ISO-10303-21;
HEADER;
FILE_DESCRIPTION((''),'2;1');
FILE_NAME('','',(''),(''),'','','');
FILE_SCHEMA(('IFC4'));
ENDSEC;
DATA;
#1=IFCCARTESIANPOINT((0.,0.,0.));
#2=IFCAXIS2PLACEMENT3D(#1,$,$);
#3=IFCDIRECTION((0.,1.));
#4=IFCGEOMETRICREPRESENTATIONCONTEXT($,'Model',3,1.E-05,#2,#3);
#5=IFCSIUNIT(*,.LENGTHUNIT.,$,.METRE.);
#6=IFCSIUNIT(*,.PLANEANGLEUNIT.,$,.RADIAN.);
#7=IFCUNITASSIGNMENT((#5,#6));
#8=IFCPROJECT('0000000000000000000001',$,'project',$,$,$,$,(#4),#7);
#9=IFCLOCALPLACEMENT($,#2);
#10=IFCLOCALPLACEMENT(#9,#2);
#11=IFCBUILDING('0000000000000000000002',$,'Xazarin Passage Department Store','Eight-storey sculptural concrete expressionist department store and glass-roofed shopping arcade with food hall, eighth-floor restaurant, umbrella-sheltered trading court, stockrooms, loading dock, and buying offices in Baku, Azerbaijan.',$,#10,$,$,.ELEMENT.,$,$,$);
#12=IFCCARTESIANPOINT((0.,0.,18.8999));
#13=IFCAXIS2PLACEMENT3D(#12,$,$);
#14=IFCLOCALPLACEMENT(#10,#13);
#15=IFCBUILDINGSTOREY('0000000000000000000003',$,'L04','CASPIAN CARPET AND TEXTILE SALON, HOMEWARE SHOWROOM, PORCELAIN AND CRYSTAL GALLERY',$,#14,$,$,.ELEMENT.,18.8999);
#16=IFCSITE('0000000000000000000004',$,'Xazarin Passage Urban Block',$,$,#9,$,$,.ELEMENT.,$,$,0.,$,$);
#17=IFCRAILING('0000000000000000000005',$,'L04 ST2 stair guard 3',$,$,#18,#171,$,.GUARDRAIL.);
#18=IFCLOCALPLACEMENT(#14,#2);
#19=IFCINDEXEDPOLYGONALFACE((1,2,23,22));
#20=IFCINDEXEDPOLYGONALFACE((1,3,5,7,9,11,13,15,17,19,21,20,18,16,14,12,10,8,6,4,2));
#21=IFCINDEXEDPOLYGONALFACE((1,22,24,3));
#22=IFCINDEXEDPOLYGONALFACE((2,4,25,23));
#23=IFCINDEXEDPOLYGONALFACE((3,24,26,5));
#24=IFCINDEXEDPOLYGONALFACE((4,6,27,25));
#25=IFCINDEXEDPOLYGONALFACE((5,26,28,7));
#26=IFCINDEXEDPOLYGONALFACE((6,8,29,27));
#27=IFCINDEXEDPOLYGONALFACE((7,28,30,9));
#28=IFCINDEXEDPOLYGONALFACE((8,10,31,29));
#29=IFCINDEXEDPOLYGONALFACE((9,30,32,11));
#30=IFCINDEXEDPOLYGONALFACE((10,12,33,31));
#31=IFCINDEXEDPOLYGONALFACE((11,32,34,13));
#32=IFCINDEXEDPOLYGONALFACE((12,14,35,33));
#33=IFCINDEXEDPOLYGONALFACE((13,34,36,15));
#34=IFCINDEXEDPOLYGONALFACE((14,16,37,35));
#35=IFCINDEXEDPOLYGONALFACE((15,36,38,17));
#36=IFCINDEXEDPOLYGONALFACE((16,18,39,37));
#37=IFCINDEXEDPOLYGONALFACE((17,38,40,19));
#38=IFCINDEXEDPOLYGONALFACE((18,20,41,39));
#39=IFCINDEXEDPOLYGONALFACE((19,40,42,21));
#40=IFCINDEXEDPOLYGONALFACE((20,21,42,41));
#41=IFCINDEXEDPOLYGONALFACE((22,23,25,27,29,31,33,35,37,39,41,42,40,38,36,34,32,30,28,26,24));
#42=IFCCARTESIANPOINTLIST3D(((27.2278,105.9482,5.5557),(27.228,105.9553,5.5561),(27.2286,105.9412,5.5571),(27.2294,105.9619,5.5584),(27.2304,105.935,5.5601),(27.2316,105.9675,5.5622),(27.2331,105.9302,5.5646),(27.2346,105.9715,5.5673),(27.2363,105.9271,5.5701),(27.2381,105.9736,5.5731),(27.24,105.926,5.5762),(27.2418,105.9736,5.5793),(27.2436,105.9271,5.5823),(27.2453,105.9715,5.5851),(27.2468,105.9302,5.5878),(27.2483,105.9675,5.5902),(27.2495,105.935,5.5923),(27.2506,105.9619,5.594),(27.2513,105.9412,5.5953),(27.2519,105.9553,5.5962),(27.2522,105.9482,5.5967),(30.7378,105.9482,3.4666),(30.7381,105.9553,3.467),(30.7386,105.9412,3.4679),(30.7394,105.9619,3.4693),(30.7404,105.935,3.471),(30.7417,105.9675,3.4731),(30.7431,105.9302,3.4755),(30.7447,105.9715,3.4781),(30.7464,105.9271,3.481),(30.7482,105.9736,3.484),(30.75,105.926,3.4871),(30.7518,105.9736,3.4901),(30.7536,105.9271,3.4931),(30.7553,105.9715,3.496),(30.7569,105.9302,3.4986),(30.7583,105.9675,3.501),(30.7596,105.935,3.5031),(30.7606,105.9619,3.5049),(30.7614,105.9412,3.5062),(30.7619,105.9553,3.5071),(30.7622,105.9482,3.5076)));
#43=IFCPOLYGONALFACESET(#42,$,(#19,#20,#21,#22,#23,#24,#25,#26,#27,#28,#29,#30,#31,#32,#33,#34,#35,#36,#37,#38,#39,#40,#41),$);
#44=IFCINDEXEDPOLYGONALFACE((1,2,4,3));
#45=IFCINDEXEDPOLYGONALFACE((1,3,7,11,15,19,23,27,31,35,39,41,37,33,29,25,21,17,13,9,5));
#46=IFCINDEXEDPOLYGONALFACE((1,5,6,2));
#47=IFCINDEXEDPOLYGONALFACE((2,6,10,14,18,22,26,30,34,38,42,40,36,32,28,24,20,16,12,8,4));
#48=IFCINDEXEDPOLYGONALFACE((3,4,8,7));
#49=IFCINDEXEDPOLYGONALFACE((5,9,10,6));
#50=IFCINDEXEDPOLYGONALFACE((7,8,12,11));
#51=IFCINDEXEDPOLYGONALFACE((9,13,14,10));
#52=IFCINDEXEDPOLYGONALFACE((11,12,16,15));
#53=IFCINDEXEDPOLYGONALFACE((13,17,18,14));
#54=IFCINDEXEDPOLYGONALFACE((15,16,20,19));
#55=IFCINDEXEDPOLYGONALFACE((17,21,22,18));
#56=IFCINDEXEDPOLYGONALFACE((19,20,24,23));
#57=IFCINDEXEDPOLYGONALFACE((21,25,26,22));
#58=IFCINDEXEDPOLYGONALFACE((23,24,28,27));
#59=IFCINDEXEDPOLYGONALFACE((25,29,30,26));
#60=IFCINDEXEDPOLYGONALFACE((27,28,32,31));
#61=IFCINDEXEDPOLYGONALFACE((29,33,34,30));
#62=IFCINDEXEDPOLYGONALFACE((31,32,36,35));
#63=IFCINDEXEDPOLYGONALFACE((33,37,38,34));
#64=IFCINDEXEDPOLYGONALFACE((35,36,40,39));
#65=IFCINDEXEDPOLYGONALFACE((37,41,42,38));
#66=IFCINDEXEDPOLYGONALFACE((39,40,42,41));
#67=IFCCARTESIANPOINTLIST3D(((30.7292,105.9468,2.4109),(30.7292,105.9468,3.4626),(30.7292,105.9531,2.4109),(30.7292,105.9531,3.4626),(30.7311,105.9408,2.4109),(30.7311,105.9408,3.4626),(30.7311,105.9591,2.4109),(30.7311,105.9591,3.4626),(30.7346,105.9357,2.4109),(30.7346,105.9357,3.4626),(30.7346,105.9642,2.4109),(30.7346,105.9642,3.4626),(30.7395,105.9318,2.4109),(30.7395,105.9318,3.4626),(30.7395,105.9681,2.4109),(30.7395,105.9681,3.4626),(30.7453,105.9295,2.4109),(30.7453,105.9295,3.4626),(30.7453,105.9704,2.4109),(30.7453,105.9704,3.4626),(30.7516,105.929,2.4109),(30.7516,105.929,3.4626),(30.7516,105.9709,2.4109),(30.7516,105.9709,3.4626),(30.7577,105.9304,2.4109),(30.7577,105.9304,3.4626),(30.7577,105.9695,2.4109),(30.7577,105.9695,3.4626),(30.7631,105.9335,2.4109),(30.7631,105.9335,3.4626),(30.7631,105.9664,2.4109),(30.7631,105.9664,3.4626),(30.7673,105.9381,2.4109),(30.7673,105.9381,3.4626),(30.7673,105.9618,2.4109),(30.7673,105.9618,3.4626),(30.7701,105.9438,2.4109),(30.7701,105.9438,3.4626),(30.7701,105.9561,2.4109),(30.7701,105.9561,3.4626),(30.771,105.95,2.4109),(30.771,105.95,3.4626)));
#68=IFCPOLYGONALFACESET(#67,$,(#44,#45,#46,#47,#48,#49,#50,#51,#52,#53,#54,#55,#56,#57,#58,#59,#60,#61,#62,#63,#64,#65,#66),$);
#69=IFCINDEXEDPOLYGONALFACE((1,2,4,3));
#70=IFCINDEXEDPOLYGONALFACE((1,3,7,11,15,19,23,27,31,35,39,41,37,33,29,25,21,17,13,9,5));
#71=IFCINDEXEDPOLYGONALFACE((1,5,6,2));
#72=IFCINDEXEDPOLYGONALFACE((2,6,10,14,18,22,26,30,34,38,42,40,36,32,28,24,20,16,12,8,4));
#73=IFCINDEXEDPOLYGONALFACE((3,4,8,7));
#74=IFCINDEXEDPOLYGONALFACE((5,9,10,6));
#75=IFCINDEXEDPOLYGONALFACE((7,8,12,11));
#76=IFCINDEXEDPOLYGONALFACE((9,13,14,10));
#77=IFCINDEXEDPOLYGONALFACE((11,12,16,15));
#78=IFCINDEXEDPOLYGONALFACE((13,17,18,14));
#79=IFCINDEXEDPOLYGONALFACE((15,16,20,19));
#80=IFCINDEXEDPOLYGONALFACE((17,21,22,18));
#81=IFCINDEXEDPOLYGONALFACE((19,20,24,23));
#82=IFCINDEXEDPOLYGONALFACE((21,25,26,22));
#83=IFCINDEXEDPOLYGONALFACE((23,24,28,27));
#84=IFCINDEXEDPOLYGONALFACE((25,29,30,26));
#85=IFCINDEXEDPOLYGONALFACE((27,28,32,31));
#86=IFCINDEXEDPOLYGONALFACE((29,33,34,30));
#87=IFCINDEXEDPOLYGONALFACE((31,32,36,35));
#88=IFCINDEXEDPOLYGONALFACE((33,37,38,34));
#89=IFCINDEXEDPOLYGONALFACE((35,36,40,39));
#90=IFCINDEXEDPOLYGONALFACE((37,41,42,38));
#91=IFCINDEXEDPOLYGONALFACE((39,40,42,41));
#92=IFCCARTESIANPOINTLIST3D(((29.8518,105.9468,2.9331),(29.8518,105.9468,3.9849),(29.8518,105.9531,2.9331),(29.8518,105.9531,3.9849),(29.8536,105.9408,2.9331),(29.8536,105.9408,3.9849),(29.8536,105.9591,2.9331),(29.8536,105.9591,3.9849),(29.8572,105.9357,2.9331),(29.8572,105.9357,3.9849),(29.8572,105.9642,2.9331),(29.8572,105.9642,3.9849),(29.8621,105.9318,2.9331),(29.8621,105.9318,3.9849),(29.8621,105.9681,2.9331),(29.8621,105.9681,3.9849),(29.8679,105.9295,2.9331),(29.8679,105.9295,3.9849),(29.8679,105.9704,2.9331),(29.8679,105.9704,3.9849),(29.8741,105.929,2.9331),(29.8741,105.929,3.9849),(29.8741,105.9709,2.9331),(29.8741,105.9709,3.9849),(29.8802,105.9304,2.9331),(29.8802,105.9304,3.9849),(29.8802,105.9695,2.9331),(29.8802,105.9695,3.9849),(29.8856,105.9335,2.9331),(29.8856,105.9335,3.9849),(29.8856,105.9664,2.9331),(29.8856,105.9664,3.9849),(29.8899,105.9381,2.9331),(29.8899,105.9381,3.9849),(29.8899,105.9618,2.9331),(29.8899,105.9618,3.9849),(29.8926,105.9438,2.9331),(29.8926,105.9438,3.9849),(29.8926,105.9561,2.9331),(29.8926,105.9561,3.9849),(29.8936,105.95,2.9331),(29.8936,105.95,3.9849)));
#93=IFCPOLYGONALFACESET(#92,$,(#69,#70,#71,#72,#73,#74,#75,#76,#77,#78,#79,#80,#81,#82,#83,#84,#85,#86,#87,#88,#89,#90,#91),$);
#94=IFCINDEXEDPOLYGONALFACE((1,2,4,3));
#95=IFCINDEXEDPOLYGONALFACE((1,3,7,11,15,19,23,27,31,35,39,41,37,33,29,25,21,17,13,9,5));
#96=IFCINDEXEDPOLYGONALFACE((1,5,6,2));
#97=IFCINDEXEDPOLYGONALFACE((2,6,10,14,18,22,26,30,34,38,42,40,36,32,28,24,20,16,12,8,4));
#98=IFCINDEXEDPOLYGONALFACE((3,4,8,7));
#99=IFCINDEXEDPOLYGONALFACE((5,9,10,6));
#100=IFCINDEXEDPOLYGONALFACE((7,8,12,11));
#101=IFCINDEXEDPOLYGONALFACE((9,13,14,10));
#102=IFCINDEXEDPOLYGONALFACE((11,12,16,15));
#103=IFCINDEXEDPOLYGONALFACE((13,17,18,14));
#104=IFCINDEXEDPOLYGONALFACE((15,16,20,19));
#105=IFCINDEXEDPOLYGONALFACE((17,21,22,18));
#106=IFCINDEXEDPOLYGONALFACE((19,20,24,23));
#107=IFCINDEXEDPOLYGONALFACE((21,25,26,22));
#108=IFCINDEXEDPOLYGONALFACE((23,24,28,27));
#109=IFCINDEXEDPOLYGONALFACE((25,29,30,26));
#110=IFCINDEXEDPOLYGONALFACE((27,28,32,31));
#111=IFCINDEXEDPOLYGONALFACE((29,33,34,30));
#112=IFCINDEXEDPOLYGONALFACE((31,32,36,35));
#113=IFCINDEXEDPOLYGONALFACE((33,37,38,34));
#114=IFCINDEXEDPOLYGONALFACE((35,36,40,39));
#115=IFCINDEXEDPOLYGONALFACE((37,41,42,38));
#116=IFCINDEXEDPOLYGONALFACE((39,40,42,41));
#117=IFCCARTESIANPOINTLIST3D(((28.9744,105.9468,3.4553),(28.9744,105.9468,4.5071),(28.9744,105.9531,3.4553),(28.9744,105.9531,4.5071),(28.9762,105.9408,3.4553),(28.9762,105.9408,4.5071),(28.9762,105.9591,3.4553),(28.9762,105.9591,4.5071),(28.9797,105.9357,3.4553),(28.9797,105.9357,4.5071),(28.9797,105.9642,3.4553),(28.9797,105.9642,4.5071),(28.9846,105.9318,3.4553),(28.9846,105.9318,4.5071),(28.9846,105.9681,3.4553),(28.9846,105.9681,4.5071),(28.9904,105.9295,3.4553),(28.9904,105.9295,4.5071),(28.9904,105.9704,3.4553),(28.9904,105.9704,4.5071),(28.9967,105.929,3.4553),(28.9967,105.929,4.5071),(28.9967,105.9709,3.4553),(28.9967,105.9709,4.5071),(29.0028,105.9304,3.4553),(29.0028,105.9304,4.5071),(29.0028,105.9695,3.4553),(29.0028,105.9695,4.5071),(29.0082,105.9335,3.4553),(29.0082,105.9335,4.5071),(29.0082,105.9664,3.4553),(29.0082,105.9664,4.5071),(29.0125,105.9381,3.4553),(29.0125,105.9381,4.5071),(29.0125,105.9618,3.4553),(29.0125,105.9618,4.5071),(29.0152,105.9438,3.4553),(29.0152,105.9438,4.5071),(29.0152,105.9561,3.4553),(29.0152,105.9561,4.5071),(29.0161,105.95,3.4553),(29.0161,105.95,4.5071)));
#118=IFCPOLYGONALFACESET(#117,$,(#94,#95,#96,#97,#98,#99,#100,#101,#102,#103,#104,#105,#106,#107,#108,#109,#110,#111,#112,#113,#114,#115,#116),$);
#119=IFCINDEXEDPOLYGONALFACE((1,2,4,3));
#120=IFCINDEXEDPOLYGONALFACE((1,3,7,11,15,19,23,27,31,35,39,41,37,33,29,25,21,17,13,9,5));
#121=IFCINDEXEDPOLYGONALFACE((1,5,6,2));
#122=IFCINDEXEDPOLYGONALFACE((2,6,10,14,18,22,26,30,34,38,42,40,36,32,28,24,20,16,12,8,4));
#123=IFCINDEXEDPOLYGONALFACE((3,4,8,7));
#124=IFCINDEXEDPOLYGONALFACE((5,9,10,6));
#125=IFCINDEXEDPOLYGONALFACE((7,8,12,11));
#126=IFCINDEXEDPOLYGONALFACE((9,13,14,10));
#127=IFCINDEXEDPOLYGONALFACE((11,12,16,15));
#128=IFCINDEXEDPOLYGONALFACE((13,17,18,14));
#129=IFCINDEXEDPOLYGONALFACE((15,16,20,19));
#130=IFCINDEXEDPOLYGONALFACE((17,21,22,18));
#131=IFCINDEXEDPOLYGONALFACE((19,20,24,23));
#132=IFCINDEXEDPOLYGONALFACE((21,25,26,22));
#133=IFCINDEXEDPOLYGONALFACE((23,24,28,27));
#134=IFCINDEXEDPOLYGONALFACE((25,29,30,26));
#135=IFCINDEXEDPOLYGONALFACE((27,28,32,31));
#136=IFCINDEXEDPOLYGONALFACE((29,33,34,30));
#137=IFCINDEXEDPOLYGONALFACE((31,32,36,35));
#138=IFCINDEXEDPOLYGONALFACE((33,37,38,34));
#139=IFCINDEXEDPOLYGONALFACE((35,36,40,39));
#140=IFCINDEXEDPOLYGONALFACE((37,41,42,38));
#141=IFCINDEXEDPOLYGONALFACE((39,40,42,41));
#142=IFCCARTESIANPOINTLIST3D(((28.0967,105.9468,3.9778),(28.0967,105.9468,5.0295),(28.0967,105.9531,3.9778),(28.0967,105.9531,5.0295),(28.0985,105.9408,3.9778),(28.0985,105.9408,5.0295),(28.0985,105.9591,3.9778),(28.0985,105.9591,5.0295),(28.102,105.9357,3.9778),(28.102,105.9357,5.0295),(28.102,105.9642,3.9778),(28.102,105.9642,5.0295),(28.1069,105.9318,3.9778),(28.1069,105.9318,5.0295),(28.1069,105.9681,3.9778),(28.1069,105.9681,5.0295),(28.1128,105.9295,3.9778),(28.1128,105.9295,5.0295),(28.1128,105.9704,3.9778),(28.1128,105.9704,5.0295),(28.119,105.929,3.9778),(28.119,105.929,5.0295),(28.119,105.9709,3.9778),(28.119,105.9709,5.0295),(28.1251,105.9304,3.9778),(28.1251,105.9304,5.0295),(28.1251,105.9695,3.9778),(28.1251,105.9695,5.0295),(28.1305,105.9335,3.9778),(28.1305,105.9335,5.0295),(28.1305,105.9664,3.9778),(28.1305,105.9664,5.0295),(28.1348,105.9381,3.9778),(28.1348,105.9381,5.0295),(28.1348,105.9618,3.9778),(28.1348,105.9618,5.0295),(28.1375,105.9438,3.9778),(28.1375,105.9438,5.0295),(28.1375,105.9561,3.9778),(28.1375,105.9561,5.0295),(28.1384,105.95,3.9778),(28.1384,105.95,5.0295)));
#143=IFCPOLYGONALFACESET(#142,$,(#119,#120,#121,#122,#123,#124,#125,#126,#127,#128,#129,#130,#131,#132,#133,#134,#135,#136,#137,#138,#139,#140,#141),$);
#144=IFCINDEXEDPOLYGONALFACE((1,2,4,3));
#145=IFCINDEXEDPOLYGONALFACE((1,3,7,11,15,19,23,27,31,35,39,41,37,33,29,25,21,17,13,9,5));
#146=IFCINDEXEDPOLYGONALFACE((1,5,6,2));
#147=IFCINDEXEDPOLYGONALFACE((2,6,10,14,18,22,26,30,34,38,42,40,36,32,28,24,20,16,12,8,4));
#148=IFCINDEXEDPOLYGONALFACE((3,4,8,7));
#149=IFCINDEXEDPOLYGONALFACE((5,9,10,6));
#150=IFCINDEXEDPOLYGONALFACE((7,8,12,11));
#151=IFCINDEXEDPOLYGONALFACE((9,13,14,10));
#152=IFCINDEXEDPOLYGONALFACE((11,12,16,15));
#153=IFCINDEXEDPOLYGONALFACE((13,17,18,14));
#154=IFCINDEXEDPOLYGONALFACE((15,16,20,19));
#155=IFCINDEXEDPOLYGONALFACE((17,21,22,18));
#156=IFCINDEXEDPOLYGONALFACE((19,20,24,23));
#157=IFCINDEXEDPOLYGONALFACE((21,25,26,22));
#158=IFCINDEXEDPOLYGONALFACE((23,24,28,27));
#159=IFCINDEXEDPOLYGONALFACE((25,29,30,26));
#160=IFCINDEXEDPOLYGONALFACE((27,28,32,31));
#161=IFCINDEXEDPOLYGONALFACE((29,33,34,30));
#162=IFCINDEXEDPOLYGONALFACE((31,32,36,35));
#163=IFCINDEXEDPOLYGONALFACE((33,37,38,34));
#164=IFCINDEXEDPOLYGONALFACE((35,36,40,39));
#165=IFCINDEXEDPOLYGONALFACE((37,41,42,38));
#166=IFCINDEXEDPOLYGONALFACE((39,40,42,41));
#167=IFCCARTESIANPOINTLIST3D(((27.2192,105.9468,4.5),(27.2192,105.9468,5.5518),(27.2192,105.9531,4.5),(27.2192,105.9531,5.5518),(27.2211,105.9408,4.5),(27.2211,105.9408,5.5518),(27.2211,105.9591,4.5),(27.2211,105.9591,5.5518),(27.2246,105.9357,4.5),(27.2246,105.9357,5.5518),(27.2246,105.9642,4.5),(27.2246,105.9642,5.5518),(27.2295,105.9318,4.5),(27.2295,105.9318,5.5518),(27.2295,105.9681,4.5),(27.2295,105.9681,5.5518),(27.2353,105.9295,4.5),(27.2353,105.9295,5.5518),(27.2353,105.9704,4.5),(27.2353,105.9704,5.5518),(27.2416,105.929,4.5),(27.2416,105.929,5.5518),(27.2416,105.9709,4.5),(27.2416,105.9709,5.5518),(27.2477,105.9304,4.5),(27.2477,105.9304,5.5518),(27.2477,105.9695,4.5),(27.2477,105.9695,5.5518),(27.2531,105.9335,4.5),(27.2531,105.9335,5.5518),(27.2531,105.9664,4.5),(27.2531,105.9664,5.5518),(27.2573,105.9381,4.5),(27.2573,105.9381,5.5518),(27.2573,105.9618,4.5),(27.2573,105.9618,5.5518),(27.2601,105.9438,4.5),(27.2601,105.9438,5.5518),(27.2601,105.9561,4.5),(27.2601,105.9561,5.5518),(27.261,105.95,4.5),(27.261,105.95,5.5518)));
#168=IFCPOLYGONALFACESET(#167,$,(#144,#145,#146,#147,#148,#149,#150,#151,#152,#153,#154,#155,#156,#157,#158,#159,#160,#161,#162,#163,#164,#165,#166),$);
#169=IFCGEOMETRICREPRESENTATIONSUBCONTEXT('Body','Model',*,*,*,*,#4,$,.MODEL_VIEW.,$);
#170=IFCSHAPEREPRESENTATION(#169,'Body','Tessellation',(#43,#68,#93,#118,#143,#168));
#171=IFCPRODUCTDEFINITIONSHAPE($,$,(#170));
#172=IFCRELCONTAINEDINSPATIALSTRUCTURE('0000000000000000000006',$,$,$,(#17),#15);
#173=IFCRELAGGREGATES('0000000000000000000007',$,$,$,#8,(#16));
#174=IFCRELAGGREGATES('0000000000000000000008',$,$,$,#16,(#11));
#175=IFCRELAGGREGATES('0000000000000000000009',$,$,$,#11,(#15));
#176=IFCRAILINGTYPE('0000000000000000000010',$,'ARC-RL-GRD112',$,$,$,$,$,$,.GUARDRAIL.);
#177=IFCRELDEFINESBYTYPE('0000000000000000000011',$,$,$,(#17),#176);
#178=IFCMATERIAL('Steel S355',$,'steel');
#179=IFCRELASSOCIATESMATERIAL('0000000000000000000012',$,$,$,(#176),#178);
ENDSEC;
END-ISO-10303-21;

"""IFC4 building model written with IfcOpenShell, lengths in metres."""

from ifc_helpers import new_model, si_unit, direction, frame, origin, origin_2d, place, context, subcontext, project, spatial, circle, extrude, material, type_object, element, save


model = new_model("IFC4")

# Units and contexts
model_context = context("Model", 3, precision=1e-05, world=origin(), true_north=direction((0.0, 1.0)))
body_context = subcontext(model_context, "Body", "Model", "MODEL_VIEW")
ifc_project = project(units=[si_unit("LENGTHUNIT", "METRE"), si_unit("PLANEANGLEUNIT", "RADIAN")], contexts=[model_context])

# Site, building, storey
site_placement = place(None, origin())
site = spatial("IfcSite", under=ifc_project, at=site_placement, Name="Xazarin Passage Urban Block", CompositionType="ELEMENT", RefElevation=0.0)
building_placement = place(site_placement, origin())
building = spatial("IfcBuilding", under=site, at=building_placement, Name="Xazarin Passage Department Store", Description="Eight-storey sculptural concrete expressionist department store and glass-roofed shopping arcade with food hall, eighth-floor restaurant, umbrella-sheltered trading court, stockrooms, loading dock, and buying offices in Baku, Azerbaijan.", CompositionType="ELEMENT")
storey_placement = place(building_placement, frame((0.0, 0.0, 18.8999)))
storey = spatial("IfcBuildingStorey", under=building, at=storey_placement, Name="L04", Description="CASPIAN CARPET AND TEXTILE SALON, HOMEWARE SHOWROOM, PORCELAIN AND CRYSTAL GALLERY", CompositionType="ELEMENT", Elevation=18.8999)

# Shared definitions
ifc_material_1 = material(Name="Steel S355", Category="steel")

# Railing
railing_type_1 = type_object("IfcRailingType", Name="ARC-RL-GRD112", PredefinedType="GUARDRAIL", material=ifc_material_1)
railing_1_placement = place(storey_placement, frame((30.75, 105.95, 2.4109)))
element("IfcRailing", 1, at=railing_1_placement, inside=storey, type_object=railing_type_1, Name="L04 ST2 stair guard 3", PredefinedType="GUARDRAIL", context=body_context, shape_type="SweptSolid", body=[
    extrude(circle(Radius=0.0239, at=origin_2d()), frame((0.0, 0.0, 1.0762), z_axis=(-0.859312, 0.0, 0.511451), x_axis=(0.0, -1.0, 0.0)), (0.0, 0.0, 1.0), 4.0847),
    extrude(circle(Radius=0.021, at=origin_2d()), origin(), (0.0, 0.0, 1.0), 1.0518),
    extrude(circle(Radius=0.021, at=origin_2d()), frame((-0.8774, 0.0, 0.5222)), (0.0, 0.0, 1.0), 1.0518),
    extrude(circle(Radius=0.021, at=origin_2d()), frame((-1.7549, 0.0, 1.0444)), (0.0, 0.0, 1.0), 1.0518),
    extrude(circle(Radius=0.021, at=origin_2d()), frame((-2.6326, 0.0, 1.5669)), (0.0, 0.0, 1.0), 1.0518),
    extrude(circle(Radius=0.021, at=origin_2d()), frame((-3.51, 0.0, 2.0891)), (0.0, 0.0, 1.0), 1.0518),
])

save(model, "model.ifc")
